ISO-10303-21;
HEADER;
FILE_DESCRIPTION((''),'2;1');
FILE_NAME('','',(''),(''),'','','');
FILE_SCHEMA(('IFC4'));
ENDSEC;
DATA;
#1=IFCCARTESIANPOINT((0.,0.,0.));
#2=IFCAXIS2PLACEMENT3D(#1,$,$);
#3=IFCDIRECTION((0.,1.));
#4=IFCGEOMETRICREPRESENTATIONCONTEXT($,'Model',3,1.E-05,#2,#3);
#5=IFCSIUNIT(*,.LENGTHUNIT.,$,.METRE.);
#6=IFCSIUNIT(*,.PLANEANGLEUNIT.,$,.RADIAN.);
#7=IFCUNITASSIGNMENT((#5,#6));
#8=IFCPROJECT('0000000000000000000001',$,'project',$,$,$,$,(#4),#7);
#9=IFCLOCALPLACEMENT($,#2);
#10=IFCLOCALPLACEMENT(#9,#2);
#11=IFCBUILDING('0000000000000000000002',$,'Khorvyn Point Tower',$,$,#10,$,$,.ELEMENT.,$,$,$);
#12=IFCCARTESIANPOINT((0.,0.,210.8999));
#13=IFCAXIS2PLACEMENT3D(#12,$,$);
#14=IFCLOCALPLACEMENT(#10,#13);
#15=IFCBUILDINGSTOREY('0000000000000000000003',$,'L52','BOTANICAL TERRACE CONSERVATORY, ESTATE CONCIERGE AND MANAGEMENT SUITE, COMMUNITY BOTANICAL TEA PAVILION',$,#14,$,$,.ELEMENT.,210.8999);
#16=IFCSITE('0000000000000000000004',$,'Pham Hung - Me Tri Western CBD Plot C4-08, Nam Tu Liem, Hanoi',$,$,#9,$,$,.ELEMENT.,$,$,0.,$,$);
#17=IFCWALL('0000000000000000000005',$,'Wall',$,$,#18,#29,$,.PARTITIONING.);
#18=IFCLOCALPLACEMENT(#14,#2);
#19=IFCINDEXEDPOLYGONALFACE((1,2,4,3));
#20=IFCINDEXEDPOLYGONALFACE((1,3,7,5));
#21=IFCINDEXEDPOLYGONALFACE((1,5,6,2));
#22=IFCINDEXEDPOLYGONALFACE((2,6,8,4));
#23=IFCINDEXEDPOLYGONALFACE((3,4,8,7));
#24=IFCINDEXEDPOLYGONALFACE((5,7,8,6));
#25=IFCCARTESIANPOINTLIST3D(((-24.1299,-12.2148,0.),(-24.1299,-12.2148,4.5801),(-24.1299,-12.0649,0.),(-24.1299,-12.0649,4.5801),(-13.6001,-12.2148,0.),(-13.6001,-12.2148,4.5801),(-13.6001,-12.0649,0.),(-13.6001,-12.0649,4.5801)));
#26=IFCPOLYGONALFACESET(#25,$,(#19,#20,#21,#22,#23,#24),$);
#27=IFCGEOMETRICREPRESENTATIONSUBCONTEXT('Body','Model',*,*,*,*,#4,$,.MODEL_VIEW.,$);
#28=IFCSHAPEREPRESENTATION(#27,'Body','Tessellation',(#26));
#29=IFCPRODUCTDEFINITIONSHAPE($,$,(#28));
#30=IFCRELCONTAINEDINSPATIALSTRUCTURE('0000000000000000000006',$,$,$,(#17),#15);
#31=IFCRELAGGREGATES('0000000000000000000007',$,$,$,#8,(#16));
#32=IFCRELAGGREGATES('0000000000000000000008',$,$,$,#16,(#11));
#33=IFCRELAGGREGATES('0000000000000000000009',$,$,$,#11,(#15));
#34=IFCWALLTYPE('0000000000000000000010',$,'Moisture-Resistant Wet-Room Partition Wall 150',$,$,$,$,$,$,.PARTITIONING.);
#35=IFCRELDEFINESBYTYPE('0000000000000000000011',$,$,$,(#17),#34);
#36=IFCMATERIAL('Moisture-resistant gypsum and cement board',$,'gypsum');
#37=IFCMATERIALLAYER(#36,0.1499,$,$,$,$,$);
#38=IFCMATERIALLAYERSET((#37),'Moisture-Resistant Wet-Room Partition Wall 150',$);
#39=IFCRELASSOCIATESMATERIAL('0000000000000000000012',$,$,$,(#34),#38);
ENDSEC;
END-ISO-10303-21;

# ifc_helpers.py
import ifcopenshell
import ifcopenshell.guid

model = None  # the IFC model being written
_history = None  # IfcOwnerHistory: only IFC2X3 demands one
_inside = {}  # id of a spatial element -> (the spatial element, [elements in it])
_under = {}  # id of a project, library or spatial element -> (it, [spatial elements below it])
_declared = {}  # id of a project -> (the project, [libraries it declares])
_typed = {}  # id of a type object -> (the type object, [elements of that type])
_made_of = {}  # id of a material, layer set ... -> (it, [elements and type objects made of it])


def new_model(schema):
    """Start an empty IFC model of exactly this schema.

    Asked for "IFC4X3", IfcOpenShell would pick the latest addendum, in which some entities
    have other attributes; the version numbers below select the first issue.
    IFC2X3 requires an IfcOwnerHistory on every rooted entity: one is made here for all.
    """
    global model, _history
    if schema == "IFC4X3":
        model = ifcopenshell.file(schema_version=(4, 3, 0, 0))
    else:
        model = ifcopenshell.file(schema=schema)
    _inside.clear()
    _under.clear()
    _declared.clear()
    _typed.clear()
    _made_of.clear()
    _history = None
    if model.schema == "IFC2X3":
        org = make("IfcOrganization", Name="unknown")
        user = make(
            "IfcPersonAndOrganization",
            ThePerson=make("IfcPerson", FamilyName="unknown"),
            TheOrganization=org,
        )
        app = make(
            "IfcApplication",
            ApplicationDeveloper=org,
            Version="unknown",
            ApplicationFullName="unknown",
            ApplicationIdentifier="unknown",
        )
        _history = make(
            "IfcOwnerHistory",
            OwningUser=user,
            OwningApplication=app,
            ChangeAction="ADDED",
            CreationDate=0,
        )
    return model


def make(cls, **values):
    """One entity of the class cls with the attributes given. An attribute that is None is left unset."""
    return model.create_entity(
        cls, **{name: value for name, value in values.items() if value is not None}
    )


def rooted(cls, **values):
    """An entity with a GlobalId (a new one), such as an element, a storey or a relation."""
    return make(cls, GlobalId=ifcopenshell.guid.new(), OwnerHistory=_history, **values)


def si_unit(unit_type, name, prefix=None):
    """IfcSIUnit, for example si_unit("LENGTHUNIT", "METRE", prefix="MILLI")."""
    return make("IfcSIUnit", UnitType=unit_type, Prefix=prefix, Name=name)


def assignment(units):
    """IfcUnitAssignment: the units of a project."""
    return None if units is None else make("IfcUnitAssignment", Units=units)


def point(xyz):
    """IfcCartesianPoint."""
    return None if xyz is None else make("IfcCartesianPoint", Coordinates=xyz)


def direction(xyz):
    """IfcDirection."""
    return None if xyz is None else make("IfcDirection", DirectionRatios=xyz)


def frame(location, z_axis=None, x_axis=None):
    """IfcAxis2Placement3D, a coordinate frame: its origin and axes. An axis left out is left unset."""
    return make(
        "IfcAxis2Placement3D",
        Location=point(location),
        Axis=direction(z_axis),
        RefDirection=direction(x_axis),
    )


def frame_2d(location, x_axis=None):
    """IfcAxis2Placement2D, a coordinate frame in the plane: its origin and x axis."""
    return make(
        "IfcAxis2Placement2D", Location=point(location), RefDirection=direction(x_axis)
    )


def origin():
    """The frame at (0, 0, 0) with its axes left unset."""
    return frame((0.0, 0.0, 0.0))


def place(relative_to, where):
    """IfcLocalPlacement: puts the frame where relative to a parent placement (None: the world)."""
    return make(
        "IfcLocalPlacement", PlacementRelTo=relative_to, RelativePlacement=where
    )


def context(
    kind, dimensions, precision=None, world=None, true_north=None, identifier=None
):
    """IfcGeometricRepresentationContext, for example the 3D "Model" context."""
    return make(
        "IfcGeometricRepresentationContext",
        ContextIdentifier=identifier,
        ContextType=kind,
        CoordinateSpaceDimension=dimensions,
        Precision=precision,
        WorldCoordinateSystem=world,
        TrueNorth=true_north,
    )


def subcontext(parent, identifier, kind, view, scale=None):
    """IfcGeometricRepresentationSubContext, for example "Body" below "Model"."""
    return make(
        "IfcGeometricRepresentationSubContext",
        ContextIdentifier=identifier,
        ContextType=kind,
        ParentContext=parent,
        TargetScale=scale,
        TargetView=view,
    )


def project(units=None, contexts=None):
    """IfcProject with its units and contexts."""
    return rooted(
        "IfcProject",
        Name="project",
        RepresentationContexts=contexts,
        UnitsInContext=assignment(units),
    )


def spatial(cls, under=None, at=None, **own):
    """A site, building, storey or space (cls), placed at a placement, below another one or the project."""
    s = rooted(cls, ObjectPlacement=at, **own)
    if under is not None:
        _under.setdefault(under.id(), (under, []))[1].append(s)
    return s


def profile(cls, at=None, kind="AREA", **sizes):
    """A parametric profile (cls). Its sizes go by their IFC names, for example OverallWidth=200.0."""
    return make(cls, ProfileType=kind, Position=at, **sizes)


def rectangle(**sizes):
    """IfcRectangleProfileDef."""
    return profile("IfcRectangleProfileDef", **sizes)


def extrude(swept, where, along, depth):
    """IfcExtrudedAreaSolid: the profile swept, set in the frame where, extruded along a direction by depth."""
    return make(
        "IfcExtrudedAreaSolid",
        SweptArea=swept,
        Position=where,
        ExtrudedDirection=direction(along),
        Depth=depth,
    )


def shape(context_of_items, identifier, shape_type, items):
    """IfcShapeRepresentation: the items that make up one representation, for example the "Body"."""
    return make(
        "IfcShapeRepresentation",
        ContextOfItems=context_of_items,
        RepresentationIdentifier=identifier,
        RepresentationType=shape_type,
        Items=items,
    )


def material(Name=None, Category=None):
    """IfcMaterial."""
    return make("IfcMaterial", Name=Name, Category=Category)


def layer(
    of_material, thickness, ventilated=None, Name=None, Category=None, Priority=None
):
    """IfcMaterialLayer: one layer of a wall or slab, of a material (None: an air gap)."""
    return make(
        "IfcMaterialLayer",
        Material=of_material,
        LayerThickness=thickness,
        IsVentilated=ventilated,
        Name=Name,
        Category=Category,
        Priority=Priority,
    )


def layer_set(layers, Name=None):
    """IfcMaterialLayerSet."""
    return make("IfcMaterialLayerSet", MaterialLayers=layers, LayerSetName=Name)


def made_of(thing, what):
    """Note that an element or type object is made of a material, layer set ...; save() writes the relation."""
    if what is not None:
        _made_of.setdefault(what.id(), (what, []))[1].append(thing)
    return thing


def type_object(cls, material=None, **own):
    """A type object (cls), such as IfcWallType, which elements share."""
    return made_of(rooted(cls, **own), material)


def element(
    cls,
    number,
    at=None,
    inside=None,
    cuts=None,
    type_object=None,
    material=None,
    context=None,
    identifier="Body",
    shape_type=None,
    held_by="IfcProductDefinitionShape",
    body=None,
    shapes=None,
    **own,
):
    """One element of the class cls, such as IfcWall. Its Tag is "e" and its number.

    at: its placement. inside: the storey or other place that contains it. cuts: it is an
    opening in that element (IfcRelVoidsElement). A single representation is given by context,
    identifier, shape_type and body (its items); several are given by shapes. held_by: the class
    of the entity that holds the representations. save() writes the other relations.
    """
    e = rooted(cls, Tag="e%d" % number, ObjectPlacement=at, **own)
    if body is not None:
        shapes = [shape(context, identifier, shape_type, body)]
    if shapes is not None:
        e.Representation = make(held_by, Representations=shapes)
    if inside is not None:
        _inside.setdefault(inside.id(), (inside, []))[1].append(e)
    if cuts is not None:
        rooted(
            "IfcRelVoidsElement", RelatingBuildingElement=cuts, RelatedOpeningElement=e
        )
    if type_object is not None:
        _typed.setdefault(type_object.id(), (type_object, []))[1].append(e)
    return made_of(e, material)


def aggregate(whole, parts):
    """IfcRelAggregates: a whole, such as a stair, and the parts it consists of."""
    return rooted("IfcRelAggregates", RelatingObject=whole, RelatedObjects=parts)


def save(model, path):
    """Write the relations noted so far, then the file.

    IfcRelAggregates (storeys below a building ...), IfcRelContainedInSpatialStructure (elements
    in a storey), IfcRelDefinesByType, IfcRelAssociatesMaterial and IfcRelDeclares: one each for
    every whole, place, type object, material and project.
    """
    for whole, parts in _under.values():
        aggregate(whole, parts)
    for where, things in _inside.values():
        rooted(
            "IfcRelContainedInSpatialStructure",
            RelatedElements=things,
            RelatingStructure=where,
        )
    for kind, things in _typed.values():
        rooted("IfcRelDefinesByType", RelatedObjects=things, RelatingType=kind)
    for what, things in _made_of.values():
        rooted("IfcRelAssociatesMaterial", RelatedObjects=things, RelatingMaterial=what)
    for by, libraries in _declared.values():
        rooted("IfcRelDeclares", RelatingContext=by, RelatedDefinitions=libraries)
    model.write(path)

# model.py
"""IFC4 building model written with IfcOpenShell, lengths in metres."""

from ifc_helpers import new_model, si_unit, direction, frame, frame_2d, origin, place, context, subcontext, project, spatial, rectangle, extrude, material, layer, layer_set, type_object, element, save


model = new_model("IFC4")

# Units and contexts
model_context = context("Model", 3, precision=1e-05, world=origin(), true_north=direction((0.0, 1.0)))
body_context = subcontext(model_context, "Body", "Model", "MODEL_VIEW")
ifc_project = project(units=[si_unit("LENGTHUNIT", "METRE"), si_unit("PLANEANGLEUNIT", "RADIAN")], contexts=[model_context])

# Site, building, storey
site_placement = place(None, origin())
site = spatial("IfcSite", under=ifc_project, at=site_placement, Name="Pham Hung - Me Tri Western CBD Plot C4-08, Nam Tu Liem, Hanoi", CompositionType="ELEMENT", RefElevation=0.0)
building_placement = place(site_placement, origin())
building = spatial("IfcBuilding", under=site, at=building_placement, Name="Khorvyn Point Tower", CompositionType="ELEMENT")
storey_placement = place(building_placement, frame((0.0, 0.0, 210.8999)))
storey = spatial("IfcBuildingStorey", under=building, at=storey_placement, Name="L52", Description="BOTANICAL TERRACE CONSERVATORY, ESTATE CONCIERGE AND MANAGEMENT SUITE, COMMUNITY BOTANICAL TEA PAVILION", CompositionType="ELEMENT", Elevation=210.8999)

# Shared definitions
ifc_material_1 = material(Name="Moisture-resistant gypsum and cement board", Category="gypsum")
ifc_layer_1 = layer(ifc_material_1, 0.1499)
ifc_layer_set_1 = layer_set([ifc_layer_1], Name="Moisture-Resistant Wet-Room Partition Wall 150")
wall_type = type_object("IfcWallType", Name="Moisture-Resistant Wet-Room Partition Wall 150", PredefinedType="PARTITIONING", material=ifc_layer_set_1)

# Wall
wall_1_placement = place(storey_placement, frame((-24.1299, -12.1399, 0.0), z_axis=(0.0, 0.0, 1.0), x_axis=(1.0, 0.0, 0.0)))
element("IfcWall", 1, at=wall_1_placement, inside=storey, type_object=wall_type, Name="Wall", PredefinedType="PARTITIONING", context=body_context, shape_type="SweptSolid", body=[
    extrude(rectangle(XDim=10.5298, YDim=0.1499, at=frame_2d((5.2649, 0.0))), origin(), (0.0, 0.0, 1.0), 4.5801),
])

save(model, "model.ifc")
